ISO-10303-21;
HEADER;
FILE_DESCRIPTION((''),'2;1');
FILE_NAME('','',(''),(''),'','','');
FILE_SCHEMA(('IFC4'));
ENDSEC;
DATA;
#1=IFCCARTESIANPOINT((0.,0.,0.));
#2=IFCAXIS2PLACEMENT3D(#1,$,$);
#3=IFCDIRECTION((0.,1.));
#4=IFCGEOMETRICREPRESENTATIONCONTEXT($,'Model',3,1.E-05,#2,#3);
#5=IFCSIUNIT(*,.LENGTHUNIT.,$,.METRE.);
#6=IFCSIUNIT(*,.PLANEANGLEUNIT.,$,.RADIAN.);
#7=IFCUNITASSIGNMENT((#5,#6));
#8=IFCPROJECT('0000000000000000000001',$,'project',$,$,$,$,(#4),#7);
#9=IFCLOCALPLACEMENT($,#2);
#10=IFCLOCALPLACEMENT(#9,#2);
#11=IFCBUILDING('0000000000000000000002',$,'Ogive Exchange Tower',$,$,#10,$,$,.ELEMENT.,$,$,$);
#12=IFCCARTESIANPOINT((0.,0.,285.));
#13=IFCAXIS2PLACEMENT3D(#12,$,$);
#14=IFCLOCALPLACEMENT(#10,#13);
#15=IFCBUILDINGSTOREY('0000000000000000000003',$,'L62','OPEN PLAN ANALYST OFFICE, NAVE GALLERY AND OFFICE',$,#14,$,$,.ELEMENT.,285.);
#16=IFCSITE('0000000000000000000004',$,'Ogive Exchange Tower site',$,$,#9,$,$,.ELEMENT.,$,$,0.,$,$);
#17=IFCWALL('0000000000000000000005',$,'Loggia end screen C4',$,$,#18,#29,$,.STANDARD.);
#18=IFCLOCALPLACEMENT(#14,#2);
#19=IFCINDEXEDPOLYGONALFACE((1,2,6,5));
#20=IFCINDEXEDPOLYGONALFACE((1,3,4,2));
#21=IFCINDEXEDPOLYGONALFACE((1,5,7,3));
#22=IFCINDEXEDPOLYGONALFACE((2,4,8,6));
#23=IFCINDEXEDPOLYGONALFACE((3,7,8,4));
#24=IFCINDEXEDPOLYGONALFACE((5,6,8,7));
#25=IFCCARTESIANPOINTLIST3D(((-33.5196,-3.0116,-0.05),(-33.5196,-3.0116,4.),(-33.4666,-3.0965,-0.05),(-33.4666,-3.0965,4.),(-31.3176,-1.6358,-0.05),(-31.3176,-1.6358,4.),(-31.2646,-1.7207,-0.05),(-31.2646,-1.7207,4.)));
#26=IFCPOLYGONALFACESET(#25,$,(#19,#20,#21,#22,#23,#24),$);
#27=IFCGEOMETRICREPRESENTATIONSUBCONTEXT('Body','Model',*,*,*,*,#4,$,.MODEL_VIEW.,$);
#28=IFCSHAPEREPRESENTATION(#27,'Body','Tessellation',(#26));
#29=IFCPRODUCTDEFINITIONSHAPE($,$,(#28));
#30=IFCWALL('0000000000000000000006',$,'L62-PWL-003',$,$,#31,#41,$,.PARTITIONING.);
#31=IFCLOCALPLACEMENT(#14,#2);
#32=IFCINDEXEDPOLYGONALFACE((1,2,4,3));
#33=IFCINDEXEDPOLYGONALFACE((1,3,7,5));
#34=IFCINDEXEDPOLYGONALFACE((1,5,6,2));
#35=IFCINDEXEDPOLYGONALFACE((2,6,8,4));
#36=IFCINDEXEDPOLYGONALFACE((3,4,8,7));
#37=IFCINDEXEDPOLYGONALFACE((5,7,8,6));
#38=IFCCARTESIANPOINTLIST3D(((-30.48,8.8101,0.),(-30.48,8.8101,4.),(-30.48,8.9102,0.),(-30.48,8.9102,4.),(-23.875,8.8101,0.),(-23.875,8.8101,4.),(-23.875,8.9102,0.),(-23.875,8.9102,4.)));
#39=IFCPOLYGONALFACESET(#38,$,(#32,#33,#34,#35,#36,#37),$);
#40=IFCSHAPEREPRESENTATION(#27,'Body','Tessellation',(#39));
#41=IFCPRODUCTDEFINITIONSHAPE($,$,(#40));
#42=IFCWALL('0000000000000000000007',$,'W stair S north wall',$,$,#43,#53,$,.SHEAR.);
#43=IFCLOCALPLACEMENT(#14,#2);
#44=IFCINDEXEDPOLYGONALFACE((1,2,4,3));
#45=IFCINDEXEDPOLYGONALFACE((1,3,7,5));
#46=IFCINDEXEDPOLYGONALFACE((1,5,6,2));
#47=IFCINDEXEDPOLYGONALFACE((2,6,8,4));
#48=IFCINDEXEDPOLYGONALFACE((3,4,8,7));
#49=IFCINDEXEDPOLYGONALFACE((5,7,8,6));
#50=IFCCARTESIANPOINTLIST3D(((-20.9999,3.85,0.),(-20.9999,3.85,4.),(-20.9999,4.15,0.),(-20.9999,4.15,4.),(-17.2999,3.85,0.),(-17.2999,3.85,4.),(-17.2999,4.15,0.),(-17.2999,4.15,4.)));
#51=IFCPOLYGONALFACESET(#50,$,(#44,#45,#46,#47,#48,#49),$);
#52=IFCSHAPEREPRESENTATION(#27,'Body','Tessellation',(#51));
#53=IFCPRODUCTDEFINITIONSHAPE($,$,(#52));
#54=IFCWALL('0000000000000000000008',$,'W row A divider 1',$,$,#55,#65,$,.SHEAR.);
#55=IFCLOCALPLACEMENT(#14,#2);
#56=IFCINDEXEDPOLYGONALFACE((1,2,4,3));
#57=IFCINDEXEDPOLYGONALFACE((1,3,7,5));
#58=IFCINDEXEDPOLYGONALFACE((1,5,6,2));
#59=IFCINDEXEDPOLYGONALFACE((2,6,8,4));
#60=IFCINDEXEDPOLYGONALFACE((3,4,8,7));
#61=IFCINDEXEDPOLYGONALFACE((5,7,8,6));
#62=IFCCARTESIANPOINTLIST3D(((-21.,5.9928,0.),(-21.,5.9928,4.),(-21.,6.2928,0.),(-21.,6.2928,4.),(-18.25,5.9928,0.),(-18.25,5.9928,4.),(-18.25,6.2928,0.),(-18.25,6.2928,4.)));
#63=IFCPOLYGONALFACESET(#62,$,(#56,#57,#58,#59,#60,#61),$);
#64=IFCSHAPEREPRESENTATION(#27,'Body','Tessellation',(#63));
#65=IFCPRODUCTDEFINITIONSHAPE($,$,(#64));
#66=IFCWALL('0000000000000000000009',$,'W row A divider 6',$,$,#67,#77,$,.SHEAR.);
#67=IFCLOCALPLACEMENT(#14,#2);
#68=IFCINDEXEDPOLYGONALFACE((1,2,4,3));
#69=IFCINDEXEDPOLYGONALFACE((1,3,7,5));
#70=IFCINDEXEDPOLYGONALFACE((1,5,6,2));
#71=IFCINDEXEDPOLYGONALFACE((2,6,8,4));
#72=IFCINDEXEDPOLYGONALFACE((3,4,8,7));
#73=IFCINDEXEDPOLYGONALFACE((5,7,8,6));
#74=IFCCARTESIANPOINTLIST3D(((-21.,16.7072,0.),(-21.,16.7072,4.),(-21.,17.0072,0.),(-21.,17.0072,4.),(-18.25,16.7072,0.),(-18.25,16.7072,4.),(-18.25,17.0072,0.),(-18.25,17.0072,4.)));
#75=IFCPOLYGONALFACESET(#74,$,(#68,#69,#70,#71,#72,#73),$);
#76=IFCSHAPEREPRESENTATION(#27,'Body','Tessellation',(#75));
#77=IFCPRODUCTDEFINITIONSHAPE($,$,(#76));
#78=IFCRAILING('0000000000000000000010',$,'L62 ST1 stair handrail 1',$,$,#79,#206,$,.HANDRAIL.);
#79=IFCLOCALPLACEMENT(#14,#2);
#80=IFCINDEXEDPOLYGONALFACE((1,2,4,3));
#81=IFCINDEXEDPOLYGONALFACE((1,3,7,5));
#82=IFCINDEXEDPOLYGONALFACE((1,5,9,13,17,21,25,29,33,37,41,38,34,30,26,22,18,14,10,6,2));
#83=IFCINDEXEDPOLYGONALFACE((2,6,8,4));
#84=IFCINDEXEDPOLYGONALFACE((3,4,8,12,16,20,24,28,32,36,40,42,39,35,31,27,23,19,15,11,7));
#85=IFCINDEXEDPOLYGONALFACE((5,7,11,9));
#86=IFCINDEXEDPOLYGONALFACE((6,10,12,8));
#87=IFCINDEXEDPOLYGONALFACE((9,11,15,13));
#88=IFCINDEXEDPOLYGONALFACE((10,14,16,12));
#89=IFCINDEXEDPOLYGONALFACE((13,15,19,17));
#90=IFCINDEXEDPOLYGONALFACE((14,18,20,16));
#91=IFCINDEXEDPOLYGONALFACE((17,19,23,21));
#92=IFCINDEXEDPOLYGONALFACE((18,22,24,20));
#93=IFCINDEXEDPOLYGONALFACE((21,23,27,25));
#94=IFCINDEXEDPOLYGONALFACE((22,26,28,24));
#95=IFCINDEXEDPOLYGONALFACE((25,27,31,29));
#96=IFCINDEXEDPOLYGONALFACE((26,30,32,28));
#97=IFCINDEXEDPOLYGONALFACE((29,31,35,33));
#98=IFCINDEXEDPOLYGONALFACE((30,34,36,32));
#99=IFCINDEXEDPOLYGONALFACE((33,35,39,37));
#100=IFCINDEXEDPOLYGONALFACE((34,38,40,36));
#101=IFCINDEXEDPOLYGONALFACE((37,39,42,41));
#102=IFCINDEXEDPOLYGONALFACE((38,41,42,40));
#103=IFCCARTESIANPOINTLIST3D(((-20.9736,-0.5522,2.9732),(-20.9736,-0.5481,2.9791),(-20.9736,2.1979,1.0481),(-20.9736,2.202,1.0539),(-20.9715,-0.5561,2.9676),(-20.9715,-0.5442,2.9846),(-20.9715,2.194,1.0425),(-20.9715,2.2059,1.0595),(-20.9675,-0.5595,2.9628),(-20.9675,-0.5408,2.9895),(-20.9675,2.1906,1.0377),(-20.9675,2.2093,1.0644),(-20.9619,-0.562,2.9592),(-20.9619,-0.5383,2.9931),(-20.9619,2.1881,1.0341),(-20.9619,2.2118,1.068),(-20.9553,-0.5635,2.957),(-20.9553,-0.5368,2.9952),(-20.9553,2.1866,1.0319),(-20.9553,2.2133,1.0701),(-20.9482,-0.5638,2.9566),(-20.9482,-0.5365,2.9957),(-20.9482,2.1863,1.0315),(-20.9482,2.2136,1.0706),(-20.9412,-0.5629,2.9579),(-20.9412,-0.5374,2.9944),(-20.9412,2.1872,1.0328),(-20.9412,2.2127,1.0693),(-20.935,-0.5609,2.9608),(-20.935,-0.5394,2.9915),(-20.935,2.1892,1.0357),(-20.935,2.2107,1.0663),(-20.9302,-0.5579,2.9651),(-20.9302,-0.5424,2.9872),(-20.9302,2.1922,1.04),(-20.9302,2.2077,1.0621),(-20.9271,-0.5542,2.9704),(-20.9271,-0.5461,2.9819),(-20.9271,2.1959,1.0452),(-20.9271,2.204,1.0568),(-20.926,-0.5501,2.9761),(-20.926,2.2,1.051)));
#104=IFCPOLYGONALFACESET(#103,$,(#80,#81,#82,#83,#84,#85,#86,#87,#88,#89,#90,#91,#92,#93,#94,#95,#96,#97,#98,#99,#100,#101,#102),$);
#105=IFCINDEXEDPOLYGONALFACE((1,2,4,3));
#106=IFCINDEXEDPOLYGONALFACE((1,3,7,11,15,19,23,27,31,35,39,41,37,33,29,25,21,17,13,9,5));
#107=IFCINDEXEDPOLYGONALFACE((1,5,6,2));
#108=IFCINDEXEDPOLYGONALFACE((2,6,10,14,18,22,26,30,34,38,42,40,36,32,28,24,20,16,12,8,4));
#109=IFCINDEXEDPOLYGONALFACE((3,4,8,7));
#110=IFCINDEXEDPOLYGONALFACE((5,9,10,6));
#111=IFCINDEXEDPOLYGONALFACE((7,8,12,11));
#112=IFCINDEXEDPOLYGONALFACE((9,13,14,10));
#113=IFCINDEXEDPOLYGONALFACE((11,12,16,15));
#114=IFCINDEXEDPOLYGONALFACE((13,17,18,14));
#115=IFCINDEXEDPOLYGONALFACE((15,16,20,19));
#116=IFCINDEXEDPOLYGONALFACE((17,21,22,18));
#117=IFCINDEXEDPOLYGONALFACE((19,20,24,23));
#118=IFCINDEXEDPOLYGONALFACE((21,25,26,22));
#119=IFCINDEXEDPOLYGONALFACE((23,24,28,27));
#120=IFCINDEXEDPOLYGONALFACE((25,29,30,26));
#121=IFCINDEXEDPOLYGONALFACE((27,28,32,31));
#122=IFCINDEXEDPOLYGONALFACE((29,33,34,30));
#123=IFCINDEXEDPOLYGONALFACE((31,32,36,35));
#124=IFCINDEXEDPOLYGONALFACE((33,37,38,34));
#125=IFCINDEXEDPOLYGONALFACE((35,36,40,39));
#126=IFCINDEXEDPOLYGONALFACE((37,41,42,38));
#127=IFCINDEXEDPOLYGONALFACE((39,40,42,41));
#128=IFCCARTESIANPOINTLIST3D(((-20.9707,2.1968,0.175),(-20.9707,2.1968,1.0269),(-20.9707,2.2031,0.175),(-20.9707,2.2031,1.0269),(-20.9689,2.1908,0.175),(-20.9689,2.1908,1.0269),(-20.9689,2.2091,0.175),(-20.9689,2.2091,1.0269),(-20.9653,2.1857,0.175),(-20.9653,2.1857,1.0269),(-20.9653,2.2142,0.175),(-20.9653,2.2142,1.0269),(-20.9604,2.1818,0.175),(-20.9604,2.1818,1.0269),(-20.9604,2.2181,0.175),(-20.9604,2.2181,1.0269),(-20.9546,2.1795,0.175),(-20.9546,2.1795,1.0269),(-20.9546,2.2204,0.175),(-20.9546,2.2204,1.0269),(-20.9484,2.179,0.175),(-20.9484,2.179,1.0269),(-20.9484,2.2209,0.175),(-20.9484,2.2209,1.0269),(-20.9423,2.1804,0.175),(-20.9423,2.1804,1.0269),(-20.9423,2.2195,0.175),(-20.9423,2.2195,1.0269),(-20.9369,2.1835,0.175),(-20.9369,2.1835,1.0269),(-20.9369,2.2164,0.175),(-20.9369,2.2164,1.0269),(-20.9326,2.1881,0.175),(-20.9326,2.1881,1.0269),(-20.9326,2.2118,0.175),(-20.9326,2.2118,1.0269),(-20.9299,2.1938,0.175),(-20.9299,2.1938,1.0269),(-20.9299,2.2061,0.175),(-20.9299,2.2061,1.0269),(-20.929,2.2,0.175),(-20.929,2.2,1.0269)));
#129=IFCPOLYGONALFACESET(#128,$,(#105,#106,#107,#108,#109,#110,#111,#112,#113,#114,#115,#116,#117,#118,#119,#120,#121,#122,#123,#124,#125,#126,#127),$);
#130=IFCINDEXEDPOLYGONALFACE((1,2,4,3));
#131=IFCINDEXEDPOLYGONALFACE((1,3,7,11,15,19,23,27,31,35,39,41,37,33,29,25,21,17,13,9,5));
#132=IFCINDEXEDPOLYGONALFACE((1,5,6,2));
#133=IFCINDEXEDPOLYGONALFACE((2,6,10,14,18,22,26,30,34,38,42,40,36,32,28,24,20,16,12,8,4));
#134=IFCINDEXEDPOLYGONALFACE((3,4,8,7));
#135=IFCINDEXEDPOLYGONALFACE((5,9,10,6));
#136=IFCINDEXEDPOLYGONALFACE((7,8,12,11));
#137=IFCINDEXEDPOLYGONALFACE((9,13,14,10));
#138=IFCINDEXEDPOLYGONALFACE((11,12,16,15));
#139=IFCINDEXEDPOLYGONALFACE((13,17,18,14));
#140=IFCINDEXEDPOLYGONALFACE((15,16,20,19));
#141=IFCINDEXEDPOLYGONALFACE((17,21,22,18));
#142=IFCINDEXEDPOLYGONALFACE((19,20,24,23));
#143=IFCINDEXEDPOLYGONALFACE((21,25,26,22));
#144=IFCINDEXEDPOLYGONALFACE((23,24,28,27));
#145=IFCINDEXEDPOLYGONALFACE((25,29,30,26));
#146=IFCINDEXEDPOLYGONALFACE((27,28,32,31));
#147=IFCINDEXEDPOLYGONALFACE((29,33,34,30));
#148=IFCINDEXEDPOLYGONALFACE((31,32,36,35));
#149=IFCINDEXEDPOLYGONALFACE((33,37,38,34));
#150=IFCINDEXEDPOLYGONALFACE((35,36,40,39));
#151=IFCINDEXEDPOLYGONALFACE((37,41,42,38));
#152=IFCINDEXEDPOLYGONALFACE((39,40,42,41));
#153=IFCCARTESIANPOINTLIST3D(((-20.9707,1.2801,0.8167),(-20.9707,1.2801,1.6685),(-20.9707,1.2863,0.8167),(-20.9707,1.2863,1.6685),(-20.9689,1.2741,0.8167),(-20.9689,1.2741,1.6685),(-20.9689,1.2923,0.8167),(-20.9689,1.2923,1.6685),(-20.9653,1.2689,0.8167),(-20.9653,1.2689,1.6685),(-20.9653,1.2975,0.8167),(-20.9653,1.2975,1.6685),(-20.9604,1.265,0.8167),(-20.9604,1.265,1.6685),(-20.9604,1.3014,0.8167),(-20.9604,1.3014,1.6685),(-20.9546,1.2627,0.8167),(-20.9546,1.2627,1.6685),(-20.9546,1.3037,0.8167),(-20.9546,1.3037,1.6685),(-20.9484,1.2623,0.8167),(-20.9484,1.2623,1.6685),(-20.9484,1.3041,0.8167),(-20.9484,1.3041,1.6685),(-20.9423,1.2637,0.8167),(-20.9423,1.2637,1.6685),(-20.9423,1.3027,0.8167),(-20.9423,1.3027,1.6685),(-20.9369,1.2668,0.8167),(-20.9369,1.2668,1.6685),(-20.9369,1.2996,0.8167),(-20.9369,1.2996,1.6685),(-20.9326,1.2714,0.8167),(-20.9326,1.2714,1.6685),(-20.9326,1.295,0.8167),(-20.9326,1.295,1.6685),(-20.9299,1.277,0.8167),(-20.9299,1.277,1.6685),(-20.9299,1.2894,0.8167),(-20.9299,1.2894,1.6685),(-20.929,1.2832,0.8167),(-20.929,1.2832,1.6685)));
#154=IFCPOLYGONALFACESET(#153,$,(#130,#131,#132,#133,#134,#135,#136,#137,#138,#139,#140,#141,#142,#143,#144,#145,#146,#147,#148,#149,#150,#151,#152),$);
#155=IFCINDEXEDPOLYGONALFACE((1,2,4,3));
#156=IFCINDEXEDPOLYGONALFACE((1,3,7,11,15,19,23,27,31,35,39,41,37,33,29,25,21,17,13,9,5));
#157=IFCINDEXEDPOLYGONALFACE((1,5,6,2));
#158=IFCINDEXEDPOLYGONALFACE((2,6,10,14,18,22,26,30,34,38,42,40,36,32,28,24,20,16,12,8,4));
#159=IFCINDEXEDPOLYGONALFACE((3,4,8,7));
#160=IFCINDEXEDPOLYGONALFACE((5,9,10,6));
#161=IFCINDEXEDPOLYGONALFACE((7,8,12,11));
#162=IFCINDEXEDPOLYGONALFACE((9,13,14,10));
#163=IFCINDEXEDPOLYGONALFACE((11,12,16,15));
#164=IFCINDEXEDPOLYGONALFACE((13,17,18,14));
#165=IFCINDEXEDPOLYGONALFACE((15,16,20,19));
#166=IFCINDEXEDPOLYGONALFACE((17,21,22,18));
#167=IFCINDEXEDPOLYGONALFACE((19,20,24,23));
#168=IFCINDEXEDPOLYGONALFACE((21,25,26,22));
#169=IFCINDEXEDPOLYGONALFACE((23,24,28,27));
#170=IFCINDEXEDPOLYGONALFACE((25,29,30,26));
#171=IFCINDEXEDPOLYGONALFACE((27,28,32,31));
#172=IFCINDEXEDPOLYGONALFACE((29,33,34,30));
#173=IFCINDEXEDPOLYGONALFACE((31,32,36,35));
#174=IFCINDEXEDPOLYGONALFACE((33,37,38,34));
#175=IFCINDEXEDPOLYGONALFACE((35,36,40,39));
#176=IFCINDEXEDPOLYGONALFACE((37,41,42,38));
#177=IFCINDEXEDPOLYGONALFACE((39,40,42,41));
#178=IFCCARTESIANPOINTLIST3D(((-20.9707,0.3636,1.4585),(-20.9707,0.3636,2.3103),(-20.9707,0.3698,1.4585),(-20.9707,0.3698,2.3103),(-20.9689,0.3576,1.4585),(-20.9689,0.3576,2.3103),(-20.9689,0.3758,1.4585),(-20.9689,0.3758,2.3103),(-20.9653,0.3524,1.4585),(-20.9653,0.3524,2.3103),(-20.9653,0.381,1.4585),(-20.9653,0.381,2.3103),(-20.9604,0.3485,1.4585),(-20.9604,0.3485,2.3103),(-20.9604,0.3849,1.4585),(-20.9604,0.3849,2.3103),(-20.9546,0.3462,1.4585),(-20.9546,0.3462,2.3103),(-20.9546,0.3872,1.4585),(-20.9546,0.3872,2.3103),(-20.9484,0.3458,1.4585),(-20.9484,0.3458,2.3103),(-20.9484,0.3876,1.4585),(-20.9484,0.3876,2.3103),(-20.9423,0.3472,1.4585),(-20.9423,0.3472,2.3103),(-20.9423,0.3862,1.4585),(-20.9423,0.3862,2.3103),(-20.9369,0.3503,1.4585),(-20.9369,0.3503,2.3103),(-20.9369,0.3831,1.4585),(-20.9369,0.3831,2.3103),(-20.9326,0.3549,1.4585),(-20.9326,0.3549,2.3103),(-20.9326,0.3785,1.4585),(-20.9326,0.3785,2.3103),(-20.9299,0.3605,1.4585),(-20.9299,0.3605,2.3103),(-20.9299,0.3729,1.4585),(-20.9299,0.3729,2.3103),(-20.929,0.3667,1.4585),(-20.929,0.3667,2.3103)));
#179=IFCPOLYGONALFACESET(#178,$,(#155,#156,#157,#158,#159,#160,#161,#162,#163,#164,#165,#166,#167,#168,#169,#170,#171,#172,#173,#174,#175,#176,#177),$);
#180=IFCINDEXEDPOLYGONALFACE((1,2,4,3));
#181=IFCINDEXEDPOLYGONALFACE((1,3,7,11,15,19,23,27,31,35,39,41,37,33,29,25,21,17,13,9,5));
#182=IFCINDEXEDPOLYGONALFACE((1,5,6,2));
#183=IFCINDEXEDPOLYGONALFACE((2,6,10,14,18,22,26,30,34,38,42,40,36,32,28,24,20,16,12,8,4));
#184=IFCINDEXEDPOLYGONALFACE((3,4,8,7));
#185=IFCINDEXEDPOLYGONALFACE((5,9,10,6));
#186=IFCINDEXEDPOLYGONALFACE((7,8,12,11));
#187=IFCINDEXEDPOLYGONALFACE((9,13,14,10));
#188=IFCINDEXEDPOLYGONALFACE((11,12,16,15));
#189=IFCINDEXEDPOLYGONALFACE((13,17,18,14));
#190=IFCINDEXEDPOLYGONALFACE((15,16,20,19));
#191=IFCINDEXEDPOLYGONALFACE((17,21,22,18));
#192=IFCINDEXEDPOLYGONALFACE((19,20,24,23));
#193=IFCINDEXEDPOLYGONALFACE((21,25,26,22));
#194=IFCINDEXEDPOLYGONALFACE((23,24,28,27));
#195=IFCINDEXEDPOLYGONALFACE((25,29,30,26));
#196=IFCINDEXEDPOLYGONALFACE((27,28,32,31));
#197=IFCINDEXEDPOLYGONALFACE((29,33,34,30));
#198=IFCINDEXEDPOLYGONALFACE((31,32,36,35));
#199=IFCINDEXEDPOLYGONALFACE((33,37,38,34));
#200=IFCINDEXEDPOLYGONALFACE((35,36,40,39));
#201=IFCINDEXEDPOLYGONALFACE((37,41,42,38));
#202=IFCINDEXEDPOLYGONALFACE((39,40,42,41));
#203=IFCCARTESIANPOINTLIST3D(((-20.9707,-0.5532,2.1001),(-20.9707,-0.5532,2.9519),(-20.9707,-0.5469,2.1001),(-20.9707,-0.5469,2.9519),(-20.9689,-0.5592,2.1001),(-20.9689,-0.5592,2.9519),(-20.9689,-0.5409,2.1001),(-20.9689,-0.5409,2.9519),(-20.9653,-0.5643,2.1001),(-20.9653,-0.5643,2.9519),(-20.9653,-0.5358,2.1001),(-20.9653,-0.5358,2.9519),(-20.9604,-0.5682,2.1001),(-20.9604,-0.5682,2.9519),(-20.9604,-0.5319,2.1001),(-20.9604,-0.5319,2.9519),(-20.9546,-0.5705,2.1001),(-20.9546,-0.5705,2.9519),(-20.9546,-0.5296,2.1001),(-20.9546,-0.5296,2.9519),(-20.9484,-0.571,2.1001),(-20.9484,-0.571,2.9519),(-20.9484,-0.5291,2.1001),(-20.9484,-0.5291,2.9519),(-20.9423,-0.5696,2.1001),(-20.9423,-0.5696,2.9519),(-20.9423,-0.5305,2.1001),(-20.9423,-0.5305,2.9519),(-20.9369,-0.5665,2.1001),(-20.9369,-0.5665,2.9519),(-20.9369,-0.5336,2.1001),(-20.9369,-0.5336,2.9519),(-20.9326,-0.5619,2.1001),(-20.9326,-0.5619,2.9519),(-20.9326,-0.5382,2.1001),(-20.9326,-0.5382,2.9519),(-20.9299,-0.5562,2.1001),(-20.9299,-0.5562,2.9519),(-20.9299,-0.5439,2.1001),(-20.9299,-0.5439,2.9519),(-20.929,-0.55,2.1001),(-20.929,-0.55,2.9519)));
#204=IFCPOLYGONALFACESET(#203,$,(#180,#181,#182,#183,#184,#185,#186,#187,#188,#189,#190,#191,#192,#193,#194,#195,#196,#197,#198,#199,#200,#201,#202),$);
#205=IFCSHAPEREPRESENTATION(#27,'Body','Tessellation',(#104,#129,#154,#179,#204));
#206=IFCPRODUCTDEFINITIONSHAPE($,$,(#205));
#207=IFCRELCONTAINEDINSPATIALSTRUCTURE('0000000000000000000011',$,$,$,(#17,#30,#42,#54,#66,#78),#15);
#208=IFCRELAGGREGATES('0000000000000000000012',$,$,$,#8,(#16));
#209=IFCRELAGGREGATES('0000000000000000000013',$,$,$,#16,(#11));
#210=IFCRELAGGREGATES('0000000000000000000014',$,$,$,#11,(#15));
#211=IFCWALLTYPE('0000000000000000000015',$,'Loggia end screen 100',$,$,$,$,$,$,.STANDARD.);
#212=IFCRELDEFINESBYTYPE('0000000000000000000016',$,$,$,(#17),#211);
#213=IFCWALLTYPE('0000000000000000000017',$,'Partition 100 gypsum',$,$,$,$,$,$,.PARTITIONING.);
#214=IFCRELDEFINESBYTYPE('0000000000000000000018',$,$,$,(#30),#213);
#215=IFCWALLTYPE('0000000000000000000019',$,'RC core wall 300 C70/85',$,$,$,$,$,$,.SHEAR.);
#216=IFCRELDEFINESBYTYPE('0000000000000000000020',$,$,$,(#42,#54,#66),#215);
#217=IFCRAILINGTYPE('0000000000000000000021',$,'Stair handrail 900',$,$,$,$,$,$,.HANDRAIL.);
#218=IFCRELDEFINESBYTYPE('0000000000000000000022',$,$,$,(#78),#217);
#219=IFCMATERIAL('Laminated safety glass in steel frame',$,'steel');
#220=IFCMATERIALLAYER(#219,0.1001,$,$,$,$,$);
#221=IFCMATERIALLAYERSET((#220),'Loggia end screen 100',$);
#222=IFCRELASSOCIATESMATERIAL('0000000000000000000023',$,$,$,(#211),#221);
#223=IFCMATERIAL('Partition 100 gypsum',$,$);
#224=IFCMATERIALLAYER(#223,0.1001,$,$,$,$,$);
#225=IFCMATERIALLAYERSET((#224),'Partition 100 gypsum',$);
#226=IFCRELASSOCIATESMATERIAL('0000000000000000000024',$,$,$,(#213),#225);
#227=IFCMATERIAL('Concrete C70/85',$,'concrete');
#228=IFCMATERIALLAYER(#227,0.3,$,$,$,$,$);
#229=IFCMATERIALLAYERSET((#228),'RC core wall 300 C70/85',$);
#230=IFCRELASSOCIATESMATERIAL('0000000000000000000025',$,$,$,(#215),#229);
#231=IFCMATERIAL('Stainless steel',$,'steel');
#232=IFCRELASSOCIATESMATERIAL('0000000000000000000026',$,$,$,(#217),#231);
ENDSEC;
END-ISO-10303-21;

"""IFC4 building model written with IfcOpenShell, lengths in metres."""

from ifc_helpers import new_model, si_unit, direction, frame, frame_2d, origin, origin_2d, place, context, subcontext, project, spatial, rectangle, circle, extrude, material, layer, layer_set, type_object, element, save


model = new_model("IFC4")

# Units and contexts
model_context = context("Model", 3, precision=1e-05, world=origin(), true_north=direction((0.0, 1.0)))
body_context = subcontext(model_context, "Body", "Model", "MODEL_VIEW")
ifc_project = project(units=[si_unit("LENGTHUNIT", "METRE"), si_unit("PLANEANGLEUNIT", "RADIAN")], contexts=[model_context])

# Site, building, storey
site_placement = place(None, origin())
site = spatial("IfcSite", under=ifc_project, at=site_placement, Name="Ogive Exchange Tower site", CompositionType="ELEMENT", RefElevation=0.0)
building_placement = place(site_placement, origin())
building = spatial("IfcBuilding", under=site, at=building_placement, Name="Ogive Exchange Tower", CompositionType="ELEMENT")
storey_placement = place(building_placement, frame((0.0, 0.0, 285.0)))
storey = spatial("IfcBuildingStorey", under=building, at=storey_placement, Name="L62", Description="OPEN PLAN ANALYST OFFICE, NAVE GALLERY AND OFFICE", CompositionType="ELEMENT", Elevation=285.0)

# Walls
ifc_material_1 = material(Name="Laminated safety glass in steel frame", Category="steel")
ifc_layer_1 = layer(ifc_material_1, 0.1001)
ifc_layer_set_1 = layer_set([ifc_layer_1], Name="Loggia end screen 100")
wall_type_1 = type_object("IfcWallType", Name="Loggia end screen 100", PredefinedType="STANDARD", material=ifc_layer_set_1)
wall_1_placement = place(storey_placement, frame((-31.291, -1.6782, -0.05), z_axis=(0.0, 0.0, 1.0), x_axis=(-0.848078, -0.529872, 0.0)))
element("IfcWall", 1, at=wall_1_placement, inside=storey, type_object=wall_type_1, Name="Loggia end screen C4", PredefinedType="STANDARD", context=body_context, shape_type="SweptSolid", body=[
    extrude(rectangle(XDim=2.5964, YDim=0.1001, at=frame_2d((1.2983, 0.0))), origin(), (0.0, 0.0, 1.0), 4.05),
])
ifc_material_2 = material(Name="Partition 100 gypsum")
ifc_layer_2 = layer(ifc_material_2, 0.1001)
ifc_layer_set_2 = layer_set([ifc_layer_2], Name="Partition 100 gypsum")
wall_type_2 = type_object("IfcWallType", Name="Partition 100 gypsum", PredefinedType="PARTITIONING", material=ifc_layer_set_2)
wall_2_placement = place(storey_placement, frame((-23.875, 8.8601, 0.0), z_axis=(0.0, 0.0, 1.0), x_axis=(-1.0, 0.0, 0.0)))
element("IfcWall", 2, at=wall_2_placement, inside=storey, type_object=wall_type_2, Name="L62-PWL-003", PredefinedType="PARTITIONING", context=body_context, shape_type="SweptSolid", body=[
    extrude(rectangle(XDim=6.605, YDim=0.1001, at=frame_2d((3.3025, 0.0))), origin(), (0.0, 0.0, 1.0), 4.0),
])
ifc_material_3 = material(Name="Concrete C70/85", Category="concrete")
ifc_layer_3 = layer(ifc_material_3, 0.3)
ifc_layer_set_3 = layer_set([ifc_layer_3], Name="RC core wall 300 C70/85")
wall_type_3 = type_object("IfcWallType", Name="RC core wall 300 C70/85", PredefinedType="SHEAR", material=ifc_layer_set_3)
wall_3_placement = place(storey_placement, frame((-21.0, 4.0, 0.0), z_axis=(0.0, 0.0, 1.0), x_axis=(1.0, 0.0, 0.0)))
element("IfcWall", 3, at=wall_3_placement, inside=storey, type_object=wall_type_3, Name="W stair S north wall", PredefinedType="SHEAR", context=body_context, shape_type="SweptSolid", body=[
    extrude(rectangle(XDim=3.7, YDim=0.3, at=frame_2d((1.8501, 0.0))), origin(), (0.0, 0.0, 1.0), 4.0),
])
for number, where, z_axis, x_axis, name in (
    (4, (-21.0, 6.1428, 0.0), (0.0, 0.0, 1.0), (1.0, 0.0, 0.0), "W row A divider 1"),
    (5, (-21.0, 16.8572, 0.0), (0.0, 0.0, 1.0), (1.0, 0.0, 0.0), "W row A divider 6"),
):
    element("IfcWall", number, at=place(storey_placement, frame(where, z_axis=z_axis, x_axis=x_axis)), inside=storey, type_object=wall_type_3, Name=name, PredefinedType="SHEAR", context=body_context, shape_type="SweptSolid", body=[
        extrude(rectangle(XDim=2.75, YDim=0.3, at=frame_2d((1.375, 0.0))), origin(), (0.0, 0.0, 1.0), 4.0),
    ])

# Railing
ifc_material_4 = material(Name="Stainless steel", Category="steel")
railing_type = type_object("IfcRailingType", Name="Stair handrail 900", PredefinedType="HANDRAIL", material=ifc_material_4)
railing_placement = place(storey_placement, frame((-20.95, 2.2, 0.175)))
element("IfcRailing", 6, at=railing_placement, inside=storey, type_object=railing_type, Name="L62 ST1 stair handrail 1", PredefinedType="HANDRAIL", context=body_context, shape_type="SweptSolid", body=[
    extrude(circle(Radius=0.0239, at=origin_2d()), frame((0.0, 0.0, 0.876), z_axis=(0.0, -0.819225, 0.573472), x_axis=(1.0, 0.0, 0.0)), (0.0, 0.0, 1.0), 3.3569),
    extrude(circle(Radius=0.021, at=origin_2d()), origin(), (0.0, 0.0, 1.0), 0.8518),
    extrude(circle(Radius=0.021, at=origin_2d()), frame((0.0, -0.9167, 0.6416)), (0.0, 0.0, 1.0), 0.8518),
    extrude(circle(Radius=0.021, at=origin_2d()), frame((0.0, -1.8333, 1.2834)), (0.0, 0.0, 1.0), 0.8518),
    extrude(circle(Radius=0.021, at=origin_2d()), frame((0.0, -2.75, 1.925)), (0.0, 0.0, 1.0), 0.8518),
])

save(model, "model.ifc")
